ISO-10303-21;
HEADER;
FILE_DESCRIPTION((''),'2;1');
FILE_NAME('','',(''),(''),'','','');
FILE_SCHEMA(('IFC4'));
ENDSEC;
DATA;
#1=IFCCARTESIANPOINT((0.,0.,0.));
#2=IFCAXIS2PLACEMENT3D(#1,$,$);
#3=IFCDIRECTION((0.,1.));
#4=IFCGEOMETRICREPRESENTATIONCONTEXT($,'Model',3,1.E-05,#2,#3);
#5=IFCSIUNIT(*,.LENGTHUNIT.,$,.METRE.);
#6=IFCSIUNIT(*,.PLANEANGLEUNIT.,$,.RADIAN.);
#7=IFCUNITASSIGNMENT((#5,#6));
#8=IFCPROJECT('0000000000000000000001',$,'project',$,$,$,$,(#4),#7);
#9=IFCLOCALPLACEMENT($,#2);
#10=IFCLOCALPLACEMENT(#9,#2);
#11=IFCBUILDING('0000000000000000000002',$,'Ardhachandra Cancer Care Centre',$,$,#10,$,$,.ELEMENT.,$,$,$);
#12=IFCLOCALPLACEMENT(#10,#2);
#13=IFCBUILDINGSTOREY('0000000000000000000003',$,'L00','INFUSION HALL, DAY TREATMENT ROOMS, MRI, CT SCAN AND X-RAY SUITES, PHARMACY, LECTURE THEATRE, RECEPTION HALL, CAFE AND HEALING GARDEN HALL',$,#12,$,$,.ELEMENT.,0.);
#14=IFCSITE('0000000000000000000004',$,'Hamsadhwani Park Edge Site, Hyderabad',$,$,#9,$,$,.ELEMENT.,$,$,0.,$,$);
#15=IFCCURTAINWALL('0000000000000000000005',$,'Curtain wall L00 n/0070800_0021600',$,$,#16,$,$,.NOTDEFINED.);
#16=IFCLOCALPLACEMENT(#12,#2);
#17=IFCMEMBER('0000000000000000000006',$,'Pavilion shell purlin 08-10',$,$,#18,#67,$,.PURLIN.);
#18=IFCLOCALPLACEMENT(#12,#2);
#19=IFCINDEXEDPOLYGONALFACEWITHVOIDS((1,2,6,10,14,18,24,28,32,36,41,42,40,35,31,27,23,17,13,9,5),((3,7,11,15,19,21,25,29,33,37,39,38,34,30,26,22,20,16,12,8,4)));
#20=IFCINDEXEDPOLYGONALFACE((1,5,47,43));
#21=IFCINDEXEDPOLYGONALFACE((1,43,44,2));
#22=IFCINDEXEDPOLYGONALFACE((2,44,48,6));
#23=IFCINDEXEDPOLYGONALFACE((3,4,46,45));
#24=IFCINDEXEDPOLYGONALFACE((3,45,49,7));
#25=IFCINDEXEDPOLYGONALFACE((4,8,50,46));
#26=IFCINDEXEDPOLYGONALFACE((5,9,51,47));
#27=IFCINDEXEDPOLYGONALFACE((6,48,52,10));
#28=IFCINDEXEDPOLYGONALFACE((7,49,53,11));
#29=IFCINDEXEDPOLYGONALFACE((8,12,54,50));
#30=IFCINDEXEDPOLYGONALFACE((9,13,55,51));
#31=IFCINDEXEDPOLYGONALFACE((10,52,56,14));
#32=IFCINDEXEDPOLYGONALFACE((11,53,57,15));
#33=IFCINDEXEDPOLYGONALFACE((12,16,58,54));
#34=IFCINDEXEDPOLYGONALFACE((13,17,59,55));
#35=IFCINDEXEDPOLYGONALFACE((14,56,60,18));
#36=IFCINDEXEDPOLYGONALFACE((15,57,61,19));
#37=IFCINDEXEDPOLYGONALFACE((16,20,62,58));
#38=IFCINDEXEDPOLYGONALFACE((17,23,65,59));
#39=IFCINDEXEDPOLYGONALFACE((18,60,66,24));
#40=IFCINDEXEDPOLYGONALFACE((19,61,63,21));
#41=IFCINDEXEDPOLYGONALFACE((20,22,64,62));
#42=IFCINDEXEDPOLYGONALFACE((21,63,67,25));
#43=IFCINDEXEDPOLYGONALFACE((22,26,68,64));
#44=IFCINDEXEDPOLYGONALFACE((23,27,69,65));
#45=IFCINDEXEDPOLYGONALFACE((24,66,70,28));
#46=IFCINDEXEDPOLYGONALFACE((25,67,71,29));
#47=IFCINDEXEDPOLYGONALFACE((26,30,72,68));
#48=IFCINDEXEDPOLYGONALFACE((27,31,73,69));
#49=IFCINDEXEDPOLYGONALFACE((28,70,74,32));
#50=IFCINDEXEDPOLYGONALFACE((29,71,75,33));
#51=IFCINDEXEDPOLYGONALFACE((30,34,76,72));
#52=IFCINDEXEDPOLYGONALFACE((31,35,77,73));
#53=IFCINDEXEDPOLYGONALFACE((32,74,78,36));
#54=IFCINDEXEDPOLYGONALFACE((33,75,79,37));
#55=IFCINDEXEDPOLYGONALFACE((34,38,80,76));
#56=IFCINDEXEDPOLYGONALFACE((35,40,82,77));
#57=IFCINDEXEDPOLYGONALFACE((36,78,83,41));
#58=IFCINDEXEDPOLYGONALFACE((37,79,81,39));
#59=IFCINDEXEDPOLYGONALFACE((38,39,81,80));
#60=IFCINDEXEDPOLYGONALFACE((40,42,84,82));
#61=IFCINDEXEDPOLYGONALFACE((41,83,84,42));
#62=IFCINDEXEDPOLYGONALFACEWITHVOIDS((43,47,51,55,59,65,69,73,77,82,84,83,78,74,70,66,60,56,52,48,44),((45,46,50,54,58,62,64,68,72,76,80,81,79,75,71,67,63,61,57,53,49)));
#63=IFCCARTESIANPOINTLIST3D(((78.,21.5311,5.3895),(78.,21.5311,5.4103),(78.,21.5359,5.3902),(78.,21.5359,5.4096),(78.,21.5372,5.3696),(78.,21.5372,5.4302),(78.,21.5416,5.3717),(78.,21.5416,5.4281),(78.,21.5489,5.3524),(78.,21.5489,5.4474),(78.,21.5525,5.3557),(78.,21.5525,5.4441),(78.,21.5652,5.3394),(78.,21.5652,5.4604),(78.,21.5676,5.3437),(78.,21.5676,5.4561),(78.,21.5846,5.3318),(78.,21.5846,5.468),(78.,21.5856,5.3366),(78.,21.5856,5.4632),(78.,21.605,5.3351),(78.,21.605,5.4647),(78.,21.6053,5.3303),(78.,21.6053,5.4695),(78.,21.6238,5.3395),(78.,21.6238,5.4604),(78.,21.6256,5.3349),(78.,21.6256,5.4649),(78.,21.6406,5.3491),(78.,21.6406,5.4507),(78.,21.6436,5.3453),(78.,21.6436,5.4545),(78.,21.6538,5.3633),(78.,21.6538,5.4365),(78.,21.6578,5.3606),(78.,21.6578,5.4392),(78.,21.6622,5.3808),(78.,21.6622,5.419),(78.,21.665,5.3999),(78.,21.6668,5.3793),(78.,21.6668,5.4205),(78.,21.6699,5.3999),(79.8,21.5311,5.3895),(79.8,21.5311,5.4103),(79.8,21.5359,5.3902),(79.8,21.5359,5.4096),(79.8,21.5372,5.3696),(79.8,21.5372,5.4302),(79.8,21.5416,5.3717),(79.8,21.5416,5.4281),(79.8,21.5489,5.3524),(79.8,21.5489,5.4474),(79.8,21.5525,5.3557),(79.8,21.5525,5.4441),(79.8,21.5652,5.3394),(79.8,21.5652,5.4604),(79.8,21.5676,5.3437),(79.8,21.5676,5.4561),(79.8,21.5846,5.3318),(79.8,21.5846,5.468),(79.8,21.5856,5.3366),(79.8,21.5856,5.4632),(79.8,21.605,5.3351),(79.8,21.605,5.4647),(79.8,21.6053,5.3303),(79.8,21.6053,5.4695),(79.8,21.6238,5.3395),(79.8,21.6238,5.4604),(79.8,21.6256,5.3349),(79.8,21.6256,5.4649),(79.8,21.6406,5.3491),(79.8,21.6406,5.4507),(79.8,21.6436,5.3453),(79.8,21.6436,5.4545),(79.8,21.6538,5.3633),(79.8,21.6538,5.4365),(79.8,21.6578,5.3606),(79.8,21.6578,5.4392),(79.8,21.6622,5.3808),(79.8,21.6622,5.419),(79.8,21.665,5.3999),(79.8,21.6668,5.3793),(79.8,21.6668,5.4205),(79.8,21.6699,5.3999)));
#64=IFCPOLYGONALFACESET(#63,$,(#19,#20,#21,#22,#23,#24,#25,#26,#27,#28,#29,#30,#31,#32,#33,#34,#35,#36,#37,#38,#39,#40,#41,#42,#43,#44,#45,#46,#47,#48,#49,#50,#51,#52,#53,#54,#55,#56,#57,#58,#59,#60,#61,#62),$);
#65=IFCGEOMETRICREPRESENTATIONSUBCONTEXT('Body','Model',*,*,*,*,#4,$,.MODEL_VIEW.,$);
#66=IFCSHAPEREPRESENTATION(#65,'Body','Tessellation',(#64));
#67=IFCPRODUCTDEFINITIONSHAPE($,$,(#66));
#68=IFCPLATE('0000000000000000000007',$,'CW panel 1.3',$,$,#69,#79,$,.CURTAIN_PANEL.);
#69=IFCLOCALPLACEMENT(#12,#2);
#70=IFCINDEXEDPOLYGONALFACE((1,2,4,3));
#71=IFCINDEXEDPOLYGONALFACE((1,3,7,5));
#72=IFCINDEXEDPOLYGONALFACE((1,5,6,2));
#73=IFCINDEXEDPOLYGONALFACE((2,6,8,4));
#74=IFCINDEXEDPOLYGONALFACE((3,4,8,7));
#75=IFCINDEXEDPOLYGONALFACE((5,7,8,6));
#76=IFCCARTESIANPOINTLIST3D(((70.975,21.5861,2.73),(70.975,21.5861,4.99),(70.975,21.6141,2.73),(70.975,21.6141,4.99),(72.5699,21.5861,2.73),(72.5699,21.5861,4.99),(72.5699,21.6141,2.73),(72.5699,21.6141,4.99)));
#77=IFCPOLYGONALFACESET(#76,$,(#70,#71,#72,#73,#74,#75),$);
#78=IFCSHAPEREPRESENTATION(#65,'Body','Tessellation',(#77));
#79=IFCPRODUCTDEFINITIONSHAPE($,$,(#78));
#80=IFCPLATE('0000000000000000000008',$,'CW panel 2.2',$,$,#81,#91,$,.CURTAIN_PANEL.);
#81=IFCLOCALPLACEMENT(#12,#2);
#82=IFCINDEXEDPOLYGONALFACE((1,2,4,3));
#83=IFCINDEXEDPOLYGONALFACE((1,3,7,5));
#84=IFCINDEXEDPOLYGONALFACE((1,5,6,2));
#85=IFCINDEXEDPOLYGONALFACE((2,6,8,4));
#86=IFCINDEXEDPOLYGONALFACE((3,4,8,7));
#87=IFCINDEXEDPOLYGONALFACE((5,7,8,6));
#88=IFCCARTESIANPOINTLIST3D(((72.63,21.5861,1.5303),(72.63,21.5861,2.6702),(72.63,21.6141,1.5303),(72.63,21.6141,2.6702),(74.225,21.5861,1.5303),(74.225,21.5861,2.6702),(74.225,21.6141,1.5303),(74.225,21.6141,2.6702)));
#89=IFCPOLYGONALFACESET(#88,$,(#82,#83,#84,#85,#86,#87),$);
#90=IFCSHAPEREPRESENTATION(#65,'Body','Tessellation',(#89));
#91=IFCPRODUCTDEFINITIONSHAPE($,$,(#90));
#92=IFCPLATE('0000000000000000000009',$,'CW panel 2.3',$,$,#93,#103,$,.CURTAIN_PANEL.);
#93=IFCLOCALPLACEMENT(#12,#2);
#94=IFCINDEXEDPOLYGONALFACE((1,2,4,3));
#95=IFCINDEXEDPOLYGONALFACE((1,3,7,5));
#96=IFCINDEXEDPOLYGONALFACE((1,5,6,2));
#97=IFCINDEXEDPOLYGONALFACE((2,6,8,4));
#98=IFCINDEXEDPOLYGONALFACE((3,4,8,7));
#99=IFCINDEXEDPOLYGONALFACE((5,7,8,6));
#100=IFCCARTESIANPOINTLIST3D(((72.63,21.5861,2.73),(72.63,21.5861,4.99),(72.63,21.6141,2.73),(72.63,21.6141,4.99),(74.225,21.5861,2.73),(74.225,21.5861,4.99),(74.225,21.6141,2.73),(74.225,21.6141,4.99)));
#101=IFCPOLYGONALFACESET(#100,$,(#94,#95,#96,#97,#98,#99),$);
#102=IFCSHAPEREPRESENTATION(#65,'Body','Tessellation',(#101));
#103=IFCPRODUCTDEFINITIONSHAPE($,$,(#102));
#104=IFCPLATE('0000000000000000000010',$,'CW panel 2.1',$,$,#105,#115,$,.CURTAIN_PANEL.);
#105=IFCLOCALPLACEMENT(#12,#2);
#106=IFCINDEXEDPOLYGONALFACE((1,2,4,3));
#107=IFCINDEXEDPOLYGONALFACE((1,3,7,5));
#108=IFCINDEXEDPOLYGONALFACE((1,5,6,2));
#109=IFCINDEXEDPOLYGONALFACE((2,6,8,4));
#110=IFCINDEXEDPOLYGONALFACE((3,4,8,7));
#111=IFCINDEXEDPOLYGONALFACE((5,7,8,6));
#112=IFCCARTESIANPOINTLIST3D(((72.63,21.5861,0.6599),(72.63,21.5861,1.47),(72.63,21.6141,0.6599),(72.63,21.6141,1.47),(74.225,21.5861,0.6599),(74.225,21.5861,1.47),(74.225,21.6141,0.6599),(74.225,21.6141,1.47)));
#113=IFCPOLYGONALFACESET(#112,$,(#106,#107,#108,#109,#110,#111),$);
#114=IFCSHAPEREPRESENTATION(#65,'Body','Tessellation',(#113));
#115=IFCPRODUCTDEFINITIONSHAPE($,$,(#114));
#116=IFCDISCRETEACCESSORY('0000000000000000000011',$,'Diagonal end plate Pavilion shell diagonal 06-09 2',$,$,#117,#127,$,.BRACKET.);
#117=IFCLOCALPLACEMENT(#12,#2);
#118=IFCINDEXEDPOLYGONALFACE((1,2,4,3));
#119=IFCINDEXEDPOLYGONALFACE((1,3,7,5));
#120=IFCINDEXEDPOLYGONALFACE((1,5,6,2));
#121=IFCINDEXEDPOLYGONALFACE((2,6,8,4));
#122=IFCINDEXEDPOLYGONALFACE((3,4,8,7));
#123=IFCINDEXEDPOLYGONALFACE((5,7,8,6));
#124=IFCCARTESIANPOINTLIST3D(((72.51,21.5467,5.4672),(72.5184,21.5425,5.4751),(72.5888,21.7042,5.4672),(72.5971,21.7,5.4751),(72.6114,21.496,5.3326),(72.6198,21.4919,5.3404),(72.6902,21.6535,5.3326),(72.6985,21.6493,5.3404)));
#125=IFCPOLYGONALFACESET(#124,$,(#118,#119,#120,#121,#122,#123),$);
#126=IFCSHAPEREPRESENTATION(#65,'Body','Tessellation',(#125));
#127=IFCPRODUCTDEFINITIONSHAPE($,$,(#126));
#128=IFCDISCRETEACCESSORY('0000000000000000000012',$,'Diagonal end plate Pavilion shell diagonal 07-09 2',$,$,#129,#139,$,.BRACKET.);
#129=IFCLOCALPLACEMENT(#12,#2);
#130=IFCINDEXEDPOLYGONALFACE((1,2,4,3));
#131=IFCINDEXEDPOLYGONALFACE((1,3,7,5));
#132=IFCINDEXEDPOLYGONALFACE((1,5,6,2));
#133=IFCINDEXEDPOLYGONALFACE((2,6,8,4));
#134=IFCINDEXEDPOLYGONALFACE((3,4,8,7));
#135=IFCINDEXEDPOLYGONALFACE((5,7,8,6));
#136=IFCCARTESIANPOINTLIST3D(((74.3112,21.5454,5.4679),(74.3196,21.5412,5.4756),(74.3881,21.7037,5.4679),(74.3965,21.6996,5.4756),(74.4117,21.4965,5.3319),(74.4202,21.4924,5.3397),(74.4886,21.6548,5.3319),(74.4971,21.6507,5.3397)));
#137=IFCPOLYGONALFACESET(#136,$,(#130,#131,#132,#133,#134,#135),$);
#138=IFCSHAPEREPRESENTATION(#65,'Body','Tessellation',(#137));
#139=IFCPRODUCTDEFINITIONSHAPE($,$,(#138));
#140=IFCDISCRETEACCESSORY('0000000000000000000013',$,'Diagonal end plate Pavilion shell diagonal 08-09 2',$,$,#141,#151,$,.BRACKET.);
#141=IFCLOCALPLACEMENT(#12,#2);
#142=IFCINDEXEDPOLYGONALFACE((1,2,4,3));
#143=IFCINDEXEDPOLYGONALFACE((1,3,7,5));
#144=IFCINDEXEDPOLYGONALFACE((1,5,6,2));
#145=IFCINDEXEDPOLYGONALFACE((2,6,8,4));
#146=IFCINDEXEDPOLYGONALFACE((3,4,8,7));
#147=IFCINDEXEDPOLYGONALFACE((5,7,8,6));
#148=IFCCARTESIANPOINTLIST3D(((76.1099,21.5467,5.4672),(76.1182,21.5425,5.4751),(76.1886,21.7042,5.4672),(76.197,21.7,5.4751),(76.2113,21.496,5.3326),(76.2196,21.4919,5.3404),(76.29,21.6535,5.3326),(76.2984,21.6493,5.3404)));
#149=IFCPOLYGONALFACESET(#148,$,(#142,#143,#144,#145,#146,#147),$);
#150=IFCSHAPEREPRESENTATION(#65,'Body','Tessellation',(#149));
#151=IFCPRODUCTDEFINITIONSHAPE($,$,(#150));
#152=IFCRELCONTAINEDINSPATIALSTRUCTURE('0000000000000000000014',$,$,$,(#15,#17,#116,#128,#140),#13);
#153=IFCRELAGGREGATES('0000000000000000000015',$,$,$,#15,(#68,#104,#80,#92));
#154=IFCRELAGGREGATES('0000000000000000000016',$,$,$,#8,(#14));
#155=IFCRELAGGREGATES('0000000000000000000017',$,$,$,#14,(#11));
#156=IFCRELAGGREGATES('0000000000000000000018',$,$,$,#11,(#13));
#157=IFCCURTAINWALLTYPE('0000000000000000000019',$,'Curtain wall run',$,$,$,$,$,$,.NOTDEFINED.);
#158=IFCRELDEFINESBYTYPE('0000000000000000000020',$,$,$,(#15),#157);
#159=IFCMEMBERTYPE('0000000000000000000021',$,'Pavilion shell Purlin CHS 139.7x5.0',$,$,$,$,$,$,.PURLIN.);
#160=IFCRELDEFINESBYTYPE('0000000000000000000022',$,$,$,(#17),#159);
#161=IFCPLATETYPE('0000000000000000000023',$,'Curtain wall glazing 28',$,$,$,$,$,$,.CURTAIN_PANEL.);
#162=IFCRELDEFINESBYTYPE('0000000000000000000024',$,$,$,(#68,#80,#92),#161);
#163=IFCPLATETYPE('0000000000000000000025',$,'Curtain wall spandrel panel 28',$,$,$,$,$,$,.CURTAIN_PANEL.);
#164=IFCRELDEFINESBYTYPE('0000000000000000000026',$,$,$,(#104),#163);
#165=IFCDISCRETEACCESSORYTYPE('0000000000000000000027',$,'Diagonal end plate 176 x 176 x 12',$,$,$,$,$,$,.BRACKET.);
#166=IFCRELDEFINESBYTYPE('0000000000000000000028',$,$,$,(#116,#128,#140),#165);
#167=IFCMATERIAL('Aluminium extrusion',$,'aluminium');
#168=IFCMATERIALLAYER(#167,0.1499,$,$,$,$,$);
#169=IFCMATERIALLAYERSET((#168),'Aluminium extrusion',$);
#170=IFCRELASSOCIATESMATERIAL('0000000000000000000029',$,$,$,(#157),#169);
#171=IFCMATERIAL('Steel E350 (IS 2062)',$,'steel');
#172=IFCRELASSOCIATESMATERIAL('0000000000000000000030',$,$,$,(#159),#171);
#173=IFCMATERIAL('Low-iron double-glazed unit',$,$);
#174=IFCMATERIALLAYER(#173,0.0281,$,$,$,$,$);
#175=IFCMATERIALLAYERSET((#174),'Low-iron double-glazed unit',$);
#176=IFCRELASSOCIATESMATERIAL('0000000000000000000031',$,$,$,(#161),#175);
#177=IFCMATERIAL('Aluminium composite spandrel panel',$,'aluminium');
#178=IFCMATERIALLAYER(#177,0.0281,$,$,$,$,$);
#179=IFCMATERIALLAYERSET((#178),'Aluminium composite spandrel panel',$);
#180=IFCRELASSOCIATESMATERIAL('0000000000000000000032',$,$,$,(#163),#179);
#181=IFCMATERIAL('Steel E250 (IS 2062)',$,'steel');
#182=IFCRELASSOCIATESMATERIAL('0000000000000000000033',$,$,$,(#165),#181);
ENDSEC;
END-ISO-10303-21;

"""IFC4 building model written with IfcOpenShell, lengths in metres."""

from ifc_helpers import new_model, si_unit, direction, frame, origin, origin_2d, place, context, subcontext, project, spatial, rectangle, hollow_circle, extrude, material, layer, layer_set, material_profile, profile_set, type_object, element, aggregate, save


model = new_model("IFC4")

# Units and contexts
model_context = context("Model", 3, precision=1e-05, world=origin(), true_north=direction((0.0, 1.0)))
body_context = subcontext(model_context, "Body", "Model", "MODEL_VIEW")
ifc_project = project(units=[si_unit("LENGTHUNIT", "METRE"), si_unit("PLANEANGLEUNIT", "RADIAN")], contexts=[model_context])

# Site, building, storey
site_placement = place(None, origin())
site = spatial("IfcSite", under=ifc_project, at=site_placement, Name="Hamsadhwani Park Edge Site, Hyderabad", CompositionType="ELEMENT", RefElevation=0.0)
building_placement = place(site_placement, origin())
building = spatial("IfcBuilding", under=site, at=building_placement, Name="Ardhachandra Cancer Care Centre", CompositionType="ELEMENT")
storey_placement = place(building_placement, origin())
storey = spatial("IfcBuildingStorey", under=building, at=storey_placement, Name="L00", Description="INFUSION HALL, DAY TREATMENT ROOMS, MRI, CT SCAN AND X-RAY SUITES, PHARMACY, LECTURE THEATRE, RECEPTION HALL, CAFE AND HEALING GARDEN HALL", CompositionType="ELEMENT", Elevation=0.0)

# Curtain wall
ifc_material_1 = material(Name="Aluminium extrusion", Category="aluminium")
ifc_layer_1 = layer(ifc_material_1, 0.1499)
ifc_layer_set_1 = layer_set([ifc_layer_1], Name="Aluminium extrusion")
curtain_wall_type = type_object("IfcCurtainWallType", Name="Curtain wall run", PredefinedType="NOTDEFINED", material=ifc_layer_set_1)
curtain_wall_placement = place(storey_placement, origin())
curtain_wall = element("IfcCurtainWall", 1, at=curtain_wall_placement, inside=storey, type_object=curtain_wall_type, Name="Curtain wall L00 n/0070800_0021600", PredefinedType="NOTDEFINED")

# Member
ifc_material_2 = material(Name="Steel E350 (IS 2062)", Category="steel")
ifc_material_profile_1 = material_profile(ifc_material_2, hollow_circle(Radius=0.0698, WallThickness=0.0049, at=origin_2d()), Name="CHS 139.7x5.0")
ifc_profile_set_1 = profile_set([ifc_material_profile_1], Name="Steel E350 (IS 2062)")
member_type_1 = type_object("IfcMemberType", Name="Pavilion shell Purlin CHS 139.7x5.0", PredefinedType="PURLIN", material=ifc_profile_set_1)
for number, where, z_axis, x_axis, name in (
    (2, (78.0, 21.6001, 5.3999), (1.0, 0.0, 0.0), (0.0, 1.0, 0.0), "Pavilion shell purlin 08-10"),
):
    element("IfcMember", number, at=place(storey_placement, frame(where, z_axis=z_axis, x_axis=x_axis)), inside=storey, type_object=member_type_1, Name=name, PredefinedType="PURLIN", context=body_context, shape_type="SweptSolid", body=[
        extrude(hollow_circle(Radius=0.0698, WallThickness=0.0049, at=origin_2d()), origin(), (0.0, 0.0, 1.0), 1.8),
    ])

# Plates
ifc_material_3 = material(Name="Low-iron double-glazed unit")
ifc_layer_2 = layer(ifc_material_3, 0.0281)
ifc_layer_set_2 = layer_set([ifc_layer_2], Name="Low-iron double-glazed unit")
plate_type_1 = type_object("IfcPlateType", Name="Curtain wall glazing 28", PredefinedType="CURTAIN_PANEL", material=ifc_layer_set_2)
plate_1_placement = place(storey_placement, frame((71.7725, 21.6001, 2.73), z_axis=(0.0, 0.0, 1.0), x_axis=(1.0, 0.0, 0.0)))
plate_1 = element("IfcPlate", 3, at=plate_1_placement, type_object=plate_type_1, Name="CW panel 1.3", PredefinedType="CURTAIN_PANEL", context=body_context, shape_type="SweptSolid", body=[
    extrude(rectangle(XDim=1.595, YDim=0.0281, at=origin_2d()), origin(), (0.0, 0.0, 1.0), 2.26),
])
plate_2_placement = place(storey_placement, frame((73.4275, 21.6001, 1.5303), z_axis=(0.0, 0.0, 1.0), x_axis=(1.0, 0.0, 0.0)))
plate_2 = element("IfcPlate", 4, at=plate_2_placement, type_object=plate_type_1, Name="CW panel 2.2", PredefinedType="CURTAIN_PANEL", context=body_context, shape_type="SweptSolid", body=[
    extrude(rectangle(XDim=1.595, YDim=0.0281, at=origin_2d()), origin(), (0.0, 0.0, 1.0), 1.1399),
])
plate_3_placement = place(storey_placement, frame((73.4275, 21.6001, 2.73), z_axis=(0.0, 0.0, 1.0), x_axis=(1.0, 0.0, 0.0)))
plate_3 = element("IfcPlate", 5, at=plate_3_placement, type_object=plate_type_1, Name="CW panel 2.3", PredefinedType="CURTAIN_PANEL", context=body_context, shape_type="SweptSolid", body=[
    extrude(rectangle(XDim=1.595, YDim=0.0281, at=origin_2d()), origin(), (0.0, 0.0, 1.0), 2.26),
])
ifc_material_4 = material(Name="Aluminium composite spandrel panel", Category="aluminium")
ifc_layer_3 = layer(ifc_material_4, 0.0281)
ifc_layer_set_3 = layer_set([ifc_layer_3], Name="Aluminium composite spandrel panel")
plate_type_2 = type_object("IfcPlateType", Name="Curtain wall spandrel panel 28", PredefinedType="CURTAIN_PANEL", material=ifc_layer_set_3)
plate_4_placement = place(storey_placement, frame((73.4275, 21.6001, 0.6599), z_axis=(0.0, 0.0, 1.0), x_axis=(1.0, 0.0, 0.0)))
plate_4 = element("IfcPlate", 6, at=plate_4_placement, type_object=plate_type_2, Name="CW panel 2.1", PredefinedType="CURTAIN_PANEL", context=body_context, shape_type="SweptSolid", body=[
    extrude(rectangle(XDim=1.595, YDim=0.0281, at=origin_2d()), origin(), (0.0, 0.0, 1.0), 0.8101),
])
aggregate(curtain_wall, [plate_1, plate_4, plate_2, plate_3])

# Discrete accessories
ifc_material_5 = material(Name="Steel E250 (IS 2062)", Category="steel")
ifc_material_profile_2 = material_profile(ifc_material_5, rectangle(XDim=0.176, YDim=0.176, at=origin_2d()), Name="PL 176x176x12")
ifc_profile_set_2 = profile_set([ifc_material_profile_2], Name="Steel E250 (IS 2062)")
discrete_accessory_type = type_object("IfcDiscreteAccessoryType", Name="Diagonal end plate 176 x 176 x 12", PredefinedType="BRACKET", material=ifc_profile_set_2)
for number, where, z_axis, x_axis, name in (
    (7, (72.6001, 21.6001, 5.3999), (0.684256, -0.342128, 0.644005), (0.447214, 0.894427, 0.0), "Diagonal end plate Pavilion shell diagonal 06-09 2"),
    (8, (74.3999, 21.6001, 5.3999), (0.69474, -0.337445, 0.635191), (0.436904, 0.899508, 0.0), "Diagonal end plate Pavilion shell diagonal 07-09 2"),
    (9, (76.2, 21.6001, 5.3999), (0.684256, -0.342128, 0.644005), (0.447214, 0.894427, 0.0), "Diagonal end plate Pavilion shell diagonal 08-09 2"),
):
    element("IfcDiscreteAccessory", number, at=place(storey_placement, frame(where, z_axis=z_axis, x_axis=x_axis)), inside=storey, type_object=discrete_accessory_type, Name=name, PredefinedType="BRACKET", context=body_context, shape_type="SweptSolid", body=[
        extrude(rectangle(XDim=0.176, YDim=0.176, at=origin_2d()), origin(), (0.0, 0.0, 1.0), 0.0122),
    ])

save(model, "model.ifc")
